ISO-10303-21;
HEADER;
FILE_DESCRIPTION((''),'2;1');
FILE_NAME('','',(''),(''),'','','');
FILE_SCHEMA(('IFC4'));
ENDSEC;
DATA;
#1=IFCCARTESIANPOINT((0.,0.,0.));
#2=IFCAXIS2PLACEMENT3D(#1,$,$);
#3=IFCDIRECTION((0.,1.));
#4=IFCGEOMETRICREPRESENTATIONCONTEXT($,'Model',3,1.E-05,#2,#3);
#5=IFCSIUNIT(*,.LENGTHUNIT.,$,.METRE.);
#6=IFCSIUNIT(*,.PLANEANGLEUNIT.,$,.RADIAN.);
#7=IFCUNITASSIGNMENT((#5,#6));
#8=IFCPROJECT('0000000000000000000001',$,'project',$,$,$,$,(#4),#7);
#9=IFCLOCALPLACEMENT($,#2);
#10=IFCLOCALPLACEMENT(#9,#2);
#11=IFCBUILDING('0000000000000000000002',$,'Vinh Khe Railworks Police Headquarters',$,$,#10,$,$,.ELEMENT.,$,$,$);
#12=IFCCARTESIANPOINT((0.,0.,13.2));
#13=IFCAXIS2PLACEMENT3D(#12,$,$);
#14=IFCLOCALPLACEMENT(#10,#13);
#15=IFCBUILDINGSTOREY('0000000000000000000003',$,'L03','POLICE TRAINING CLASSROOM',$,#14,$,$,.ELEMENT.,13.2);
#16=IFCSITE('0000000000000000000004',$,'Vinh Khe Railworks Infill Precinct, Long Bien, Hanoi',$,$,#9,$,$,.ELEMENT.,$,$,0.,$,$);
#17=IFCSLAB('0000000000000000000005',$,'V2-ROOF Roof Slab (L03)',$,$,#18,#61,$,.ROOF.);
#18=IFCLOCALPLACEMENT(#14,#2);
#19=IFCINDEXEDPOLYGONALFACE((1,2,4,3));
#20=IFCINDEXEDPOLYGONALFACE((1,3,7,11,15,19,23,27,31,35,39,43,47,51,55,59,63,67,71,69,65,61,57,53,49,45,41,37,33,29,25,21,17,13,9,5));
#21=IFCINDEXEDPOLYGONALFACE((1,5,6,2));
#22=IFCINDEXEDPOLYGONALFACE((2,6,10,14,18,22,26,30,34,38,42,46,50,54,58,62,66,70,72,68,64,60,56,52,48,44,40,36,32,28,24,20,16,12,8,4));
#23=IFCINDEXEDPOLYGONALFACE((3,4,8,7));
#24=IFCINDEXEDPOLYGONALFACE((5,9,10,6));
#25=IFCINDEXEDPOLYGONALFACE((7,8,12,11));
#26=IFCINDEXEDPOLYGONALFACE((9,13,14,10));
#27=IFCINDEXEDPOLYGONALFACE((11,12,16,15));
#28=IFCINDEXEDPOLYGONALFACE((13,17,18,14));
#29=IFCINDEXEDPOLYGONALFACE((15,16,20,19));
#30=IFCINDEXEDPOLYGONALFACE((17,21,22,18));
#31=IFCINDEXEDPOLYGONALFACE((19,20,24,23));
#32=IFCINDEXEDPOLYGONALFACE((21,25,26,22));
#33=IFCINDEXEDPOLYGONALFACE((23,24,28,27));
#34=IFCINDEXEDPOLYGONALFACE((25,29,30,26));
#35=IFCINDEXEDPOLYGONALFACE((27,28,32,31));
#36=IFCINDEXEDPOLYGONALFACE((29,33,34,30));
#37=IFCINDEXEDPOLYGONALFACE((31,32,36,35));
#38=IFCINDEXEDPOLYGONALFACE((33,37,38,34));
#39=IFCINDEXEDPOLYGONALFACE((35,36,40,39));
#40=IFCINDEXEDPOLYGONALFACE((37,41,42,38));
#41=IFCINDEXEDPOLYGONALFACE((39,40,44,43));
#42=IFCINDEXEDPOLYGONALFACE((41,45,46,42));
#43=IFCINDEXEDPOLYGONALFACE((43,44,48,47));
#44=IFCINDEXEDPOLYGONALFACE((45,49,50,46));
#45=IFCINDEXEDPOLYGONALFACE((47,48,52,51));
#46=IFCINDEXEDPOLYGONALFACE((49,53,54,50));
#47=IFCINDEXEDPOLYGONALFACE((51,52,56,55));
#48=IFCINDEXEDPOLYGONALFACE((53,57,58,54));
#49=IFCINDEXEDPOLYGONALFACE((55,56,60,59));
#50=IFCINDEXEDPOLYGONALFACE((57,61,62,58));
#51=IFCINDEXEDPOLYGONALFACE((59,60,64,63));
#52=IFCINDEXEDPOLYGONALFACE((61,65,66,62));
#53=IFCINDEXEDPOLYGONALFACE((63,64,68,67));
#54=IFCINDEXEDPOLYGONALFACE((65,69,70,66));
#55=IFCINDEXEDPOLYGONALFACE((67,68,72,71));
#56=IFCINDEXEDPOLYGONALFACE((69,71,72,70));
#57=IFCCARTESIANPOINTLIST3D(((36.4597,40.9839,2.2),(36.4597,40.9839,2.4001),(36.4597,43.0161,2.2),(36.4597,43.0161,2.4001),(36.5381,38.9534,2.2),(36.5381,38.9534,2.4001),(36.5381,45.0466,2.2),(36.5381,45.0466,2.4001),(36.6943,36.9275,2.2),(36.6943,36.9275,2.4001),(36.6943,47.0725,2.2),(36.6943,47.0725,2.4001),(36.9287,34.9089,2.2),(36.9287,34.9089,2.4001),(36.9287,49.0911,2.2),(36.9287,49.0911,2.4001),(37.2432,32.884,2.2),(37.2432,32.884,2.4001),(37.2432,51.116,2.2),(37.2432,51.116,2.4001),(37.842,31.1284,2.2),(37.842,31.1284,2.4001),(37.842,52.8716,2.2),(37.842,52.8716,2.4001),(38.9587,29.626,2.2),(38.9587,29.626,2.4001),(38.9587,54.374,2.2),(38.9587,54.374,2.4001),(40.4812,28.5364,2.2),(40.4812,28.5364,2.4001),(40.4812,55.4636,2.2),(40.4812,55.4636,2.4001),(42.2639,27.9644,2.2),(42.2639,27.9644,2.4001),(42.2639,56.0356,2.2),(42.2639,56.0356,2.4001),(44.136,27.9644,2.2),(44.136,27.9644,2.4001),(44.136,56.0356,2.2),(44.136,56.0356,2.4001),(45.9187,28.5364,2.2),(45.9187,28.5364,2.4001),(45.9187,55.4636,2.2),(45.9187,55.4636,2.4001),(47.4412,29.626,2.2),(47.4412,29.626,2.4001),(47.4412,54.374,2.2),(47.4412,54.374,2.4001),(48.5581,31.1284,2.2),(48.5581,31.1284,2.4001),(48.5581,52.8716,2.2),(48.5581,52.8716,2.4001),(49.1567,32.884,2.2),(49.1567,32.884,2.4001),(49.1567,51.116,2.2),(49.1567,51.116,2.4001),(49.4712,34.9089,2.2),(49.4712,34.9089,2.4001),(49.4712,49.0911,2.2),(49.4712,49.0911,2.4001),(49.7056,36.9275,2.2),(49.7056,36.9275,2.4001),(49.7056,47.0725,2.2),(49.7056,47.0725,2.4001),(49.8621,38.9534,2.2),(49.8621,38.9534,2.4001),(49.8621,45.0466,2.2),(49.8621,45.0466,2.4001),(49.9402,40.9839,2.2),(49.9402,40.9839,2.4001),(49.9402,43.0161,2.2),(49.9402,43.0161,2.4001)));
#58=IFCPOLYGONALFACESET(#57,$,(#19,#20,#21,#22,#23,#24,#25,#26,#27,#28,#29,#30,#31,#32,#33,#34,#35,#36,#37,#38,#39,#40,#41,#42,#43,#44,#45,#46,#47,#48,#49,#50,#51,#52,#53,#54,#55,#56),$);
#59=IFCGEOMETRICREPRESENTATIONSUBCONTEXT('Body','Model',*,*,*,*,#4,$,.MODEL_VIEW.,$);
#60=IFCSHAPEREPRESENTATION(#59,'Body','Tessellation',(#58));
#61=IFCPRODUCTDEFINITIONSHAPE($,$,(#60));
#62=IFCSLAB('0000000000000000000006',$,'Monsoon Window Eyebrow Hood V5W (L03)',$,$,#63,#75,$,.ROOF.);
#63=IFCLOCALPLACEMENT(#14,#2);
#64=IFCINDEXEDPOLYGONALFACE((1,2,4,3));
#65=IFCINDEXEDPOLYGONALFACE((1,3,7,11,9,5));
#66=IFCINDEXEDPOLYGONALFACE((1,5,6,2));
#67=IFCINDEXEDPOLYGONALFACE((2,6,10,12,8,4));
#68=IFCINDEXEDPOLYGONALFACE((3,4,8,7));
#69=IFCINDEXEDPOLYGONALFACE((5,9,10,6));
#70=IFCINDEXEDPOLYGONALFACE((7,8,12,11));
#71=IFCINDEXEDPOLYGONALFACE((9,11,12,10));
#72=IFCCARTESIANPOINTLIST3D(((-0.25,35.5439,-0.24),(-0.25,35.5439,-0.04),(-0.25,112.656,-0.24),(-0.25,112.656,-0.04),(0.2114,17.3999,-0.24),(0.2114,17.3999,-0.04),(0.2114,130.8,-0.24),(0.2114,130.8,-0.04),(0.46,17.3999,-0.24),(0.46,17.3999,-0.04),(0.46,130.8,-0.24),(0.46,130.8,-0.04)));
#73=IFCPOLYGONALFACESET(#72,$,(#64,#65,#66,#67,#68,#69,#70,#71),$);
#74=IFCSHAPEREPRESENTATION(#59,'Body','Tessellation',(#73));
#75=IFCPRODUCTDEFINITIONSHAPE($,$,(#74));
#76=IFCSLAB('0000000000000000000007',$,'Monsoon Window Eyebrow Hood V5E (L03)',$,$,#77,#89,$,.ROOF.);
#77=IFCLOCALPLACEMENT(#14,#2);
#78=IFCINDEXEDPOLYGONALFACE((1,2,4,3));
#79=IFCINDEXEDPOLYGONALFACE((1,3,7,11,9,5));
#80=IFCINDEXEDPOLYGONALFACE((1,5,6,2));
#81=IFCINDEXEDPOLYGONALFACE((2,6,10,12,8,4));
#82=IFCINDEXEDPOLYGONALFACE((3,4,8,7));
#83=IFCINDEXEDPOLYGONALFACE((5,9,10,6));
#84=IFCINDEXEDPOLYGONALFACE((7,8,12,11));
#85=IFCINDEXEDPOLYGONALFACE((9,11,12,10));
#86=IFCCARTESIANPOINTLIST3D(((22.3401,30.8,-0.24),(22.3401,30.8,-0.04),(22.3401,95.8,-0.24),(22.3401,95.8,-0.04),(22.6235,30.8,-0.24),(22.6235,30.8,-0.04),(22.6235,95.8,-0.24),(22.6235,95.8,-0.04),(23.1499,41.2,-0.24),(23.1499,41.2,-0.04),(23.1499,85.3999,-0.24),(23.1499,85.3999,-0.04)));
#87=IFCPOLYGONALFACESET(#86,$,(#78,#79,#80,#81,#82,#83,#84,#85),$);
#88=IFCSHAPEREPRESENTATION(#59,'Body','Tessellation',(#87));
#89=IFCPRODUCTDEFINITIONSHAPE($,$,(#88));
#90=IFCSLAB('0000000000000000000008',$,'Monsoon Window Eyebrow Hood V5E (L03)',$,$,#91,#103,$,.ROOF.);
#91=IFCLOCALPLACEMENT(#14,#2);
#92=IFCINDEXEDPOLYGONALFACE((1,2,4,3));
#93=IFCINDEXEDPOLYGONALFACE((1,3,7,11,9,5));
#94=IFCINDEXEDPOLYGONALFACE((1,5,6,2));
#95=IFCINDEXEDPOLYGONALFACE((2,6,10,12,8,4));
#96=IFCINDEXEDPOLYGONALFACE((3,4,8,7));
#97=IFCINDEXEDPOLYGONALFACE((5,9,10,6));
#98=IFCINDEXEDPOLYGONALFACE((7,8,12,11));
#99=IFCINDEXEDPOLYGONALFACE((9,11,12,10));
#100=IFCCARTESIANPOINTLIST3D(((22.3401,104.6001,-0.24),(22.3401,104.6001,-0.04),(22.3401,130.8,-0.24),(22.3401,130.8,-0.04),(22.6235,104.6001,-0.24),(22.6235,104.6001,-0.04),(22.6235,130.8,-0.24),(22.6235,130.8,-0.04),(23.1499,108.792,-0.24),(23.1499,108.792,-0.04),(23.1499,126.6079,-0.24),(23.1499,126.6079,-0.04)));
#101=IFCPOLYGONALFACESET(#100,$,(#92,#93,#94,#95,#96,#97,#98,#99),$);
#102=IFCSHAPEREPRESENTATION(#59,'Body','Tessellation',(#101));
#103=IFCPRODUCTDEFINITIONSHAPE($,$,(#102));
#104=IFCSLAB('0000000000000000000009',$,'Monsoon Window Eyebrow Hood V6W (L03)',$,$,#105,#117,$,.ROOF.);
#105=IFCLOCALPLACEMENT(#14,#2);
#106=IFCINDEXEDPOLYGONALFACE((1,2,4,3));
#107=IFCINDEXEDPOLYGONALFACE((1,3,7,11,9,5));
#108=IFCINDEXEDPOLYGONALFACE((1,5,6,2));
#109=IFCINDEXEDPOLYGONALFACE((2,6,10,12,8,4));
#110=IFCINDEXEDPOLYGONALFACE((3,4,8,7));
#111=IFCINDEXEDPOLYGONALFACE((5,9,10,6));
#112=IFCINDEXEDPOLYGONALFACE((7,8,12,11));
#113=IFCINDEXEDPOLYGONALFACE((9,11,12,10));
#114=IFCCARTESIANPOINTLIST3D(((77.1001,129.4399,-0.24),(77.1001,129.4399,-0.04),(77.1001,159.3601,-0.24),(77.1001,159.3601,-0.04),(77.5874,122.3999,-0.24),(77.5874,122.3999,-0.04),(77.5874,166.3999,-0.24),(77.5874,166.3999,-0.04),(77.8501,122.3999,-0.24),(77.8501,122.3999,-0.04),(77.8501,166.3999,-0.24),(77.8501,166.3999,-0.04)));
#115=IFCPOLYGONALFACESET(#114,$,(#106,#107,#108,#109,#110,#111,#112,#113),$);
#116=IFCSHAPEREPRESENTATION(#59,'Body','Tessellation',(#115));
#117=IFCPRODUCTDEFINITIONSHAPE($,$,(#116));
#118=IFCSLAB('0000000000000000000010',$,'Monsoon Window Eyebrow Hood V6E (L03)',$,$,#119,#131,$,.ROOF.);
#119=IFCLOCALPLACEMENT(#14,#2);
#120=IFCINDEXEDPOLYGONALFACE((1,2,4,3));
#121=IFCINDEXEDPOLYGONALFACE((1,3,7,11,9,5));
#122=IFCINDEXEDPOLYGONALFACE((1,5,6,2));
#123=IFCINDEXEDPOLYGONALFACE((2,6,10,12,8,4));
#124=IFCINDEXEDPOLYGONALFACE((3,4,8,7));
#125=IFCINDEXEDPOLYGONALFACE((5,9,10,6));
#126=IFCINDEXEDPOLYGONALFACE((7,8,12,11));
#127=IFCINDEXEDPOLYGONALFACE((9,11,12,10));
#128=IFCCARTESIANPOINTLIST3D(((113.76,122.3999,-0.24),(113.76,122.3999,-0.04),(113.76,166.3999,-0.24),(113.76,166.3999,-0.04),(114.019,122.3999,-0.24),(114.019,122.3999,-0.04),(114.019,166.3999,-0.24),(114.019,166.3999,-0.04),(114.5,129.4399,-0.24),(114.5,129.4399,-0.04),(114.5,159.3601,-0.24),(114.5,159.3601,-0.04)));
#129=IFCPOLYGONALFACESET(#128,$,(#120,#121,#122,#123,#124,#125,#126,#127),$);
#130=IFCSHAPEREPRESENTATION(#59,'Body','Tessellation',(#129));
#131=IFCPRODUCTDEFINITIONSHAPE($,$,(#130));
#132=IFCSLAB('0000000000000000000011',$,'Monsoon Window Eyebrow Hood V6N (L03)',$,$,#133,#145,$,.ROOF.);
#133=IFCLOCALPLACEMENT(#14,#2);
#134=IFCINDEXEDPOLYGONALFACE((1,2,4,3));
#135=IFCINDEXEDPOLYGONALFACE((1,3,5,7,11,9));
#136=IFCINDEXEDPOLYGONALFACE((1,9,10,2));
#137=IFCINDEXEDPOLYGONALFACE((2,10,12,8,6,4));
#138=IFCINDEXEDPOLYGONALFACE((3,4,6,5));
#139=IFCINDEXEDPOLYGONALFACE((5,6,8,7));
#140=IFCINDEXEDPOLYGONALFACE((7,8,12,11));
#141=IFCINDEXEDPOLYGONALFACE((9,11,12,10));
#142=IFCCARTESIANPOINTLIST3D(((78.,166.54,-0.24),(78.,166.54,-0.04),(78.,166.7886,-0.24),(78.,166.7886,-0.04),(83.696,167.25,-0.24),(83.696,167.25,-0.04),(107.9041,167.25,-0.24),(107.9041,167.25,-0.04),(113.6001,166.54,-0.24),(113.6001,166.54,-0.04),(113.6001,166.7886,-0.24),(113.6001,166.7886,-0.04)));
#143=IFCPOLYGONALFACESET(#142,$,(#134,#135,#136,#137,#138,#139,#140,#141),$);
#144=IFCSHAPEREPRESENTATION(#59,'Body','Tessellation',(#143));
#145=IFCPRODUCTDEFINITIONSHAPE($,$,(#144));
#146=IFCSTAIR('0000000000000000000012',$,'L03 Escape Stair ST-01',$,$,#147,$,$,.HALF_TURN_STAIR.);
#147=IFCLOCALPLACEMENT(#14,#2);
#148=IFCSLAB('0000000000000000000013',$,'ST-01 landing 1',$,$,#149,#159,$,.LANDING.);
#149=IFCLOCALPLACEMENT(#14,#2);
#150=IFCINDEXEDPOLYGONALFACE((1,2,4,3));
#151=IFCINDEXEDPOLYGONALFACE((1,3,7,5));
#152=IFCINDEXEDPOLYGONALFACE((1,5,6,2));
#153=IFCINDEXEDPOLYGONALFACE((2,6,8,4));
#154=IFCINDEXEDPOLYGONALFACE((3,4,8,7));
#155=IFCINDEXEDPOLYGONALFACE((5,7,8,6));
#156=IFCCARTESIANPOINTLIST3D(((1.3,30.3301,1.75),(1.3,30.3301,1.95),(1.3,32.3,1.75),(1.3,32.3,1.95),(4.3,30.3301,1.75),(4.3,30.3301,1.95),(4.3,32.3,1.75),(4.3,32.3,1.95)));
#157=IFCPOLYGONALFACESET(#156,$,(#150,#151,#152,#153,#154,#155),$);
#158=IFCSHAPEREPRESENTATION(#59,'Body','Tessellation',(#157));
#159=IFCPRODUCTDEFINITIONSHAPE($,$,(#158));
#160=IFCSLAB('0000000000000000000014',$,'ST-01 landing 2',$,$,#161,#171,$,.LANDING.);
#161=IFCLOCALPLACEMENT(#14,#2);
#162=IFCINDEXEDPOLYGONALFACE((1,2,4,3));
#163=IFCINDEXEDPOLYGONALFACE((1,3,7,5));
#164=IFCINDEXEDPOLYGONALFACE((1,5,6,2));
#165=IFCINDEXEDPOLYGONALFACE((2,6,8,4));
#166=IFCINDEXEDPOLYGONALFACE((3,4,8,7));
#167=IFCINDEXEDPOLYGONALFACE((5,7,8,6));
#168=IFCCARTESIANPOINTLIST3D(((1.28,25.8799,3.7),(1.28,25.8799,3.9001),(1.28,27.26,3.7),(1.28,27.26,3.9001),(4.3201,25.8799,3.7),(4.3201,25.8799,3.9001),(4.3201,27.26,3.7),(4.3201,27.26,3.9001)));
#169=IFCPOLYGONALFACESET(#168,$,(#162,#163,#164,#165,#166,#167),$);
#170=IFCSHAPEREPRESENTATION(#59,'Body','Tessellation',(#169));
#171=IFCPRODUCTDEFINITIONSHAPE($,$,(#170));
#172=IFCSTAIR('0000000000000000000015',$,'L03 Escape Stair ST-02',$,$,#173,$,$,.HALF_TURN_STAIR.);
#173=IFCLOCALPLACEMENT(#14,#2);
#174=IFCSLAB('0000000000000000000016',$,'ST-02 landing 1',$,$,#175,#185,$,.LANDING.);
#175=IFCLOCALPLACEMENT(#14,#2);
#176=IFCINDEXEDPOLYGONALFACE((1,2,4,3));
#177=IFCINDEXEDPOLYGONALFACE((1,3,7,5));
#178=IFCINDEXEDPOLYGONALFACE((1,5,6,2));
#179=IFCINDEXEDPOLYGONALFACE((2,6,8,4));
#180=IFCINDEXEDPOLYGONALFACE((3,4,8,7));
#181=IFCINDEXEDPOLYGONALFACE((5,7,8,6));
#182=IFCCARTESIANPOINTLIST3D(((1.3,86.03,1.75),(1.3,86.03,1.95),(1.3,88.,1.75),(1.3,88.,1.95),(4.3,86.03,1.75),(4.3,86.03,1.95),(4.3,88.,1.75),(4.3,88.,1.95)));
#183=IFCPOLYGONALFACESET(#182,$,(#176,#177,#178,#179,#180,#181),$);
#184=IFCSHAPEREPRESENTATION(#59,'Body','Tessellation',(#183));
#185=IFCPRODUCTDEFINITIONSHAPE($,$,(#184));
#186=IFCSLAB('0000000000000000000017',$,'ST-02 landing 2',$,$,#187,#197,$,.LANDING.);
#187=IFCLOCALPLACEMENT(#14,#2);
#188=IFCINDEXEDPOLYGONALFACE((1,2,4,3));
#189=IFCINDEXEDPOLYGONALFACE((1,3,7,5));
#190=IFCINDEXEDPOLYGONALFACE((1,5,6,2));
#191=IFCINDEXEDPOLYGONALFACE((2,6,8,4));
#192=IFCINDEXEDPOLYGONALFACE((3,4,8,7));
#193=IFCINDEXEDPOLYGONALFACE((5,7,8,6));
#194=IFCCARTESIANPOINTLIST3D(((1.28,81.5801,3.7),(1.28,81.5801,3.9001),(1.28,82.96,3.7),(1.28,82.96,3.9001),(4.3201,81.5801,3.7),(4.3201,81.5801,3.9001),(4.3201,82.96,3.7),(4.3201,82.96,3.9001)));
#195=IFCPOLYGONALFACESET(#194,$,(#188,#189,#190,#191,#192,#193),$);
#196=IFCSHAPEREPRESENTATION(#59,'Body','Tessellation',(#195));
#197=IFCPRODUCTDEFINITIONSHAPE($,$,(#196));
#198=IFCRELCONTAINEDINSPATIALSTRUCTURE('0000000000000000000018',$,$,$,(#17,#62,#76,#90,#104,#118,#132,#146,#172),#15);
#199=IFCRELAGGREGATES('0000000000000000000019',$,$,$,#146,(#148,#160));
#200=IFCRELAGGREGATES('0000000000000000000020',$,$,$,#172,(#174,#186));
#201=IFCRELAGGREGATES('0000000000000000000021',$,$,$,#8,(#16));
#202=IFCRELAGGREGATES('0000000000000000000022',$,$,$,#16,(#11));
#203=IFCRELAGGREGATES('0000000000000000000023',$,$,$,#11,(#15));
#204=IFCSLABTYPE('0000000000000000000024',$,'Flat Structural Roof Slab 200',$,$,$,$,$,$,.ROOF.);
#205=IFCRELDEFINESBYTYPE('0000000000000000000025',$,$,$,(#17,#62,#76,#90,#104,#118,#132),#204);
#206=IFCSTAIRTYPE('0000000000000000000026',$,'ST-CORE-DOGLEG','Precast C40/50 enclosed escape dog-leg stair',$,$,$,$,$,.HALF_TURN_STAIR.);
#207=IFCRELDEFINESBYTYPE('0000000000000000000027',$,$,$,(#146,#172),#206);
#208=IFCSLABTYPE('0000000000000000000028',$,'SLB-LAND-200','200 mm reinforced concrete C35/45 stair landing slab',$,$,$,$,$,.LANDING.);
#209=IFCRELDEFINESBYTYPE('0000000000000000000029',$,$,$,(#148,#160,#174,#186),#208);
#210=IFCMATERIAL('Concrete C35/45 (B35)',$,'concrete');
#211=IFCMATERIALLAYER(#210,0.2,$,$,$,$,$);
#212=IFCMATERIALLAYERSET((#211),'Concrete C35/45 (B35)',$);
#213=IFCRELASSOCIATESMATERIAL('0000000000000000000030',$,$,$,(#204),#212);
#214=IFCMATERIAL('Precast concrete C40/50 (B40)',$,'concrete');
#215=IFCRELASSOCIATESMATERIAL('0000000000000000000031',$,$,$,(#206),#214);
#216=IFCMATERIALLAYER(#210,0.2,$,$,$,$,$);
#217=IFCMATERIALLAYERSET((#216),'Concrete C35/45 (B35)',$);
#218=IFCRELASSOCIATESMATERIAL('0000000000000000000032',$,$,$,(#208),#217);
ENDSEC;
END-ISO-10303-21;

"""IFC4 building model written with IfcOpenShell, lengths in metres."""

from ifc_helpers import new_model, si_unit, direction, frame, origin, place, context, subcontext, project, spatial, polyline, outline, extrude, material, layer, layer_set, type_object, element, aggregate, save


model = new_model("IFC4")

# Units and contexts
model_context = context("Model", 3, precision=1e-05, world=origin(), true_north=direction((0.0, 1.0)))
body_context = subcontext(model_context, "Body", "Model", "MODEL_VIEW")
ifc_project = project(units=[si_unit("LENGTHUNIT", "METRE"), si_unit("PLANEANGLEUNIT", "RADIAN")], contexts=[model_context])

# Site, building, storey
site_placement = place(None, origin())
site = spatial("IfcSite", under=ifc_project, at=site_placement, Name="Vinh Khe Railworks Infill Precinct, Long Bien, Hanoi", CompositionType="ELEMENT", RefElevation=0.0)
building_placement = place(site_placement, origin())
building = spatial("IfcBuilding", under=site, at=building_placement, Name="Vinh Khe Railworks Police Headquarters", CompositionType="ELEMENT")
storey_placement = place(building_placement, frame((0.0, 0.0, 13.2)))
storey = spatial("IfcBuildingStorey", under=building, at=storey_placement, Name="L03", Description="POLICE TRAINING CLASSROOM", CompositionType="ELEMENT", Elevation=13.2)

# Slabs
ifc_material_1 = material(Name="Concrete C35/45 (B35)", Category="concrete")
ifc_layer_1 = layer(ifc_material_1, 0.2)
ifc_layer_set_1 = layer_set([ifc_layer_1], Name="Concrete C35/45 (B35)")
slab_type_1 = type_object("IfcSlabType", Name="Flat Structural Roof Slab 200", PredefinedType="ROOF", material=ifc_layer_set_1)
slab_1_placement = place(storey_placement, frame((0.0, 0.0, 2.2)))
element("IfcSlab", 1, at=slab_1_placement, inside=storey, type_object=slab_type_1, Name="V2-ROOF Roof Slab (L03)", PredefinedType="ROOF", context=body_context, shape_type="SweptSolid", body=[
    extrude(outline(polyline([(49.1567, 32.884), (49.4712, 34.9089), (49.7056, 36.9275), (49.8621, 38.9534), (49.9402, 40.9839), (49.9402, 43.0161), (49.8621, 45.0466), (49.7056, 47.0725), (49.4712, 49.0911), (49.1567, 51.116), (48.5581, 52.8716), (47.4412, 54.374), (45.9187, 55.4636), (44.136, 56.0356), (42.2639, 56.0356), (40.4812, 55.4636), (38.9587, 54.374), (37.842, 52.8716), (37.2432, 51.116), (36.9287, 49.0911), (36.6943, 47.0725), (36.5381, 45.0466), (36.4597, 43.0161), (36.4597, 40.9839), (36.5381, 38.9534), (36.6943, 36.9275), (36.9287, 34.9089), (37.2432, 32.884), (37.842, 31.1284), (38.9587, 29.626), (40.4812, 28.5364), (42.2639, 27.9644), (44.136, 27.9644), (45.9187, 28.5364), (47.4412, 29.626), (48.5581, 31.1284), (49.1567, 32.884)])), origin(), (0.0, 0.0, 1.0), 0.2002),
])
slab_2_placement = place(storey_placement, frame((0.0, 0.0, -0.24)))
element("IfcSlab", 2, at=slab_2_placement, inside=storey, type_object=slab_type_1, Name="Monsoon Window Eyebrow Hood V5W (L03)", PredefinedType="ROOF", context=body_context, shape_type="SweptSolid", body=[
    extrude(outline(polyline([(0.46, 17.3999), (0.46, 130.8), (0.2114, 130.8), (-0.25, 112.656), (-0.25, 35.5439), (0.2114, 17.3999), (0.46, 17.3999)])), origin(), (0.0, 0.0, 1.0), 0.2),
])
slab_3_placement = place(storey_placement, frame((0.0, 0.0, -0.24)))
element("IfcSlab", 3, at=slab_3_placement, inside=storey, type_object=slab_type_1, Name="Monsoon Window Eyebrow Hood V5E (L03)", PredefinedType="ROOF", context=body_context, shape_type="SweptSolid", body=[
    extrude(outline(polyline([(22.3401, 30.8), (22.6235, 30.8), (23.1499, 41.2), (23.1499, 85.3999), (22.6235, 95.8), (22.3401, 95.8), (22.3401, 30.8)])), origin(), (0.0, 0.0, 1.0), 0.2),
])
slab_4_placement = place(storey_placement, frame((0.0, 0.0, -0.24)))
element("IfcSlab", 4, at=slab_4_placement, inside=storey, type_object=slab_type_1, Name="Monsoon Window Eyebrow Hood V5E (L03)", PredefinedType="ROOF", context=body_context, shape_type="SweptSolid", body=[
    extrude(outline(polyline([(22.3401, 104.6001), (22.6235, 104.6001), (23.1499, 108.792), (23.1499, 126.6079), (22.6235, 130.8), (22.3401, 130.8), (22.3401, 104.6001)])), origin(), (0.0, 0.0, 1.0), 0.2),
])
slab_5_placement = place(storey_placement, frame((0.0, 0.0, -0.24)))
element("IfcSlab", 5, at=slab_5_placement, inside=storey, type_object=slab_type_1, Name="Monsoon Window Eyebrow Hood V6W (L03)", PredefinedType="ROOF", context=body_context, shape_type="SweptSolid", body=[
    extrude(outline(polyline([(77.8501, 122.3999), (77.8501, 166.3999), (77.5874, 166.3999), (77.1001, 159.3601), (77.1001, 129.4399), (77.5874, 122.3999), (77.8501, 122.3999)])), origin(), (0.0, 0.0, 1.0), 0.2),
])
slab_6_placement = place(storey_placement, frame((0.0, 0.0, -0.24)))
element("IfcSlab", 6, at=slab_6_placement, inside=storey, type_object=slab_type_1, Name="Monsoon Window Eyebrow Hood V6E (L03)", PredefinedType="ROOF", context=body_context, shape_type="SweptSolid", body=[
    extrude(outline(polyline([(113.76, 122.3999), (114.019, 122.3999), (114.5, 129.4399), (114.5, 159.3601), (114.019, 166.3999), (113.76, 166.3999), (113.76, 122.3999)])), origin(), (0.0, 0.0, 1.0), 0.2),
])
slab_7_placement = place(storey_placement, frame((0.0, 0.0, -0.24)))
element("IfcSlab", 7, at=slab_7_placement, inside=storey, type_object=slab_type_1, Name="Monsoon Window Eyebrow Hood V6N (L03)", PredefinedType="ROOF", context=body_context, shape_type="SweptSolid", body=[
    extrude(outline(polyline([(78.0, 166.54), (113.6001, 166.54), (113.6001, 166.7886), (107.9041, 167.25), (83.696, 167.25), (78.0, 166.7886), (78.0, 166.54)])), origin(), (0.0, 0.0, 1.0), 0.2),
])

# Stairs, slabs
ifc_material_2 = material(Name="Precast concrete C40/50 (B40)", Category="concrete")
stair_type = type_object("IfcStairType", Name="ST-CORE-DOGLEG", Description="Precast C40/50 enclosed escape dog-leg stair", PredefinedType="HALF_TURN_STAIR", material=ifc_material_2)
stair_1_placement = place(storey_placement, origin())
stair_1 = element("IfcStair", 8, at=stair_1_placement, inside=storey, type_object=stair_type, Name="L03 Escape Stair ST-01", PredefinedType="HALF_TURN_STAIR")
ifc_layer_2 = layer(ifc_material_1, 0.2)
ifc_layer_set_2 = layer_set([ifc_layer_2], Name="Concrete C35/45 (B35)")
slab_type_2 = type_object("IfcSlabType", Name="SLB-LAND-200", Description="200 mm reinforced concrete C35/45 stair landing slab", PredefinedType="LANDING", material=ifc_layer_set_2)
slab_8_placement = place(storey_placement, frame((0.0, 0.0, 1.75)))
slab_8 = element("IfcSlab", 9, at=slab_8_placement, type_object=slab_type_2, Name="ST-01 landing 1", PredefinedType="LANDING", context=body_context, shape_type="SweptSolid", body=[
    extrude(outline(polyline([(4.3, 30.3301), (4.3, 32.3), (1.3, 32.3), (1.3, 30.3301), (4.3, 30.3301)])), origin(), (0.0, 0.0, 1.0), 0.2),
])
slab_9_placement = place(storey_placement, frame((0.0, 0.0, 3.7)))
slab_9 = element("IfcSlab", 10, at=slab_9_placement, type_object=slab_type_2, Name="ST-01 landing 2", PredefinedType="LANDING", context=body_context, shape_type="SweptSolid", body=[
    extrude(outline(polyline([(1.28, 25.8799), (4.3201, 25.8799), (4.3201, 27.26), (1.28, 27.26), (1.28, 25.8799)])), origin(), (0.0, 0.0, 1.0), 0.2002),
])
aggregate(stair_1, [slab_8, slab_9])
stair_2_placement = place(storey_placement, origin())
stair_2 = element("IfcStair", 11, at=stair_2_placement, inside=storey, type_object=stair_type, Name="L03 Escape Stair ST-02", PredefinedType="HALF_TURN_STAIR")
slab_10_placement = place(storey_placement, frame((0.0, 0.0, 1.75)))
slab_10 = element("IfcSlab", 12, at=slab_10_placement, type_object=slab_type_2, Name="ST-02 landing 1", PredefinedType="LANDING", context=body_context, shape_type="SweptSolid", body=[
    extrude(outline(polyline([(4.3, 86.03), (4.3, 88.0), (1.3, 88.0), (1.3, 86.03), (4.3, 86.03)])), origin(), (0.0, 0.0, 1.0), 0.2),
])
slab_11_placement = place(storey_placement, frame((0.0, 0.0, 3.7)))
slab_11 = element("IfcSlab", 13, at=slab_11_placement, type_object=slab_type_2, Name="ST-02 landing 2", PredefinedType="LANDING", context=body_context, shape_type="SweptSolid", body=[
    extrude(outline(polyline([(1.28, 81.5801), (4.3201, 81.5801), (4.3201, 82.96), (1.28, 82.96), (1.28, 81.5801)])), origin(), (0.0, 0.0, 1.0), 0.2002),
])
aggregate(stair_2, [slab_10, slab_11])

save(model, "model.ifc")
